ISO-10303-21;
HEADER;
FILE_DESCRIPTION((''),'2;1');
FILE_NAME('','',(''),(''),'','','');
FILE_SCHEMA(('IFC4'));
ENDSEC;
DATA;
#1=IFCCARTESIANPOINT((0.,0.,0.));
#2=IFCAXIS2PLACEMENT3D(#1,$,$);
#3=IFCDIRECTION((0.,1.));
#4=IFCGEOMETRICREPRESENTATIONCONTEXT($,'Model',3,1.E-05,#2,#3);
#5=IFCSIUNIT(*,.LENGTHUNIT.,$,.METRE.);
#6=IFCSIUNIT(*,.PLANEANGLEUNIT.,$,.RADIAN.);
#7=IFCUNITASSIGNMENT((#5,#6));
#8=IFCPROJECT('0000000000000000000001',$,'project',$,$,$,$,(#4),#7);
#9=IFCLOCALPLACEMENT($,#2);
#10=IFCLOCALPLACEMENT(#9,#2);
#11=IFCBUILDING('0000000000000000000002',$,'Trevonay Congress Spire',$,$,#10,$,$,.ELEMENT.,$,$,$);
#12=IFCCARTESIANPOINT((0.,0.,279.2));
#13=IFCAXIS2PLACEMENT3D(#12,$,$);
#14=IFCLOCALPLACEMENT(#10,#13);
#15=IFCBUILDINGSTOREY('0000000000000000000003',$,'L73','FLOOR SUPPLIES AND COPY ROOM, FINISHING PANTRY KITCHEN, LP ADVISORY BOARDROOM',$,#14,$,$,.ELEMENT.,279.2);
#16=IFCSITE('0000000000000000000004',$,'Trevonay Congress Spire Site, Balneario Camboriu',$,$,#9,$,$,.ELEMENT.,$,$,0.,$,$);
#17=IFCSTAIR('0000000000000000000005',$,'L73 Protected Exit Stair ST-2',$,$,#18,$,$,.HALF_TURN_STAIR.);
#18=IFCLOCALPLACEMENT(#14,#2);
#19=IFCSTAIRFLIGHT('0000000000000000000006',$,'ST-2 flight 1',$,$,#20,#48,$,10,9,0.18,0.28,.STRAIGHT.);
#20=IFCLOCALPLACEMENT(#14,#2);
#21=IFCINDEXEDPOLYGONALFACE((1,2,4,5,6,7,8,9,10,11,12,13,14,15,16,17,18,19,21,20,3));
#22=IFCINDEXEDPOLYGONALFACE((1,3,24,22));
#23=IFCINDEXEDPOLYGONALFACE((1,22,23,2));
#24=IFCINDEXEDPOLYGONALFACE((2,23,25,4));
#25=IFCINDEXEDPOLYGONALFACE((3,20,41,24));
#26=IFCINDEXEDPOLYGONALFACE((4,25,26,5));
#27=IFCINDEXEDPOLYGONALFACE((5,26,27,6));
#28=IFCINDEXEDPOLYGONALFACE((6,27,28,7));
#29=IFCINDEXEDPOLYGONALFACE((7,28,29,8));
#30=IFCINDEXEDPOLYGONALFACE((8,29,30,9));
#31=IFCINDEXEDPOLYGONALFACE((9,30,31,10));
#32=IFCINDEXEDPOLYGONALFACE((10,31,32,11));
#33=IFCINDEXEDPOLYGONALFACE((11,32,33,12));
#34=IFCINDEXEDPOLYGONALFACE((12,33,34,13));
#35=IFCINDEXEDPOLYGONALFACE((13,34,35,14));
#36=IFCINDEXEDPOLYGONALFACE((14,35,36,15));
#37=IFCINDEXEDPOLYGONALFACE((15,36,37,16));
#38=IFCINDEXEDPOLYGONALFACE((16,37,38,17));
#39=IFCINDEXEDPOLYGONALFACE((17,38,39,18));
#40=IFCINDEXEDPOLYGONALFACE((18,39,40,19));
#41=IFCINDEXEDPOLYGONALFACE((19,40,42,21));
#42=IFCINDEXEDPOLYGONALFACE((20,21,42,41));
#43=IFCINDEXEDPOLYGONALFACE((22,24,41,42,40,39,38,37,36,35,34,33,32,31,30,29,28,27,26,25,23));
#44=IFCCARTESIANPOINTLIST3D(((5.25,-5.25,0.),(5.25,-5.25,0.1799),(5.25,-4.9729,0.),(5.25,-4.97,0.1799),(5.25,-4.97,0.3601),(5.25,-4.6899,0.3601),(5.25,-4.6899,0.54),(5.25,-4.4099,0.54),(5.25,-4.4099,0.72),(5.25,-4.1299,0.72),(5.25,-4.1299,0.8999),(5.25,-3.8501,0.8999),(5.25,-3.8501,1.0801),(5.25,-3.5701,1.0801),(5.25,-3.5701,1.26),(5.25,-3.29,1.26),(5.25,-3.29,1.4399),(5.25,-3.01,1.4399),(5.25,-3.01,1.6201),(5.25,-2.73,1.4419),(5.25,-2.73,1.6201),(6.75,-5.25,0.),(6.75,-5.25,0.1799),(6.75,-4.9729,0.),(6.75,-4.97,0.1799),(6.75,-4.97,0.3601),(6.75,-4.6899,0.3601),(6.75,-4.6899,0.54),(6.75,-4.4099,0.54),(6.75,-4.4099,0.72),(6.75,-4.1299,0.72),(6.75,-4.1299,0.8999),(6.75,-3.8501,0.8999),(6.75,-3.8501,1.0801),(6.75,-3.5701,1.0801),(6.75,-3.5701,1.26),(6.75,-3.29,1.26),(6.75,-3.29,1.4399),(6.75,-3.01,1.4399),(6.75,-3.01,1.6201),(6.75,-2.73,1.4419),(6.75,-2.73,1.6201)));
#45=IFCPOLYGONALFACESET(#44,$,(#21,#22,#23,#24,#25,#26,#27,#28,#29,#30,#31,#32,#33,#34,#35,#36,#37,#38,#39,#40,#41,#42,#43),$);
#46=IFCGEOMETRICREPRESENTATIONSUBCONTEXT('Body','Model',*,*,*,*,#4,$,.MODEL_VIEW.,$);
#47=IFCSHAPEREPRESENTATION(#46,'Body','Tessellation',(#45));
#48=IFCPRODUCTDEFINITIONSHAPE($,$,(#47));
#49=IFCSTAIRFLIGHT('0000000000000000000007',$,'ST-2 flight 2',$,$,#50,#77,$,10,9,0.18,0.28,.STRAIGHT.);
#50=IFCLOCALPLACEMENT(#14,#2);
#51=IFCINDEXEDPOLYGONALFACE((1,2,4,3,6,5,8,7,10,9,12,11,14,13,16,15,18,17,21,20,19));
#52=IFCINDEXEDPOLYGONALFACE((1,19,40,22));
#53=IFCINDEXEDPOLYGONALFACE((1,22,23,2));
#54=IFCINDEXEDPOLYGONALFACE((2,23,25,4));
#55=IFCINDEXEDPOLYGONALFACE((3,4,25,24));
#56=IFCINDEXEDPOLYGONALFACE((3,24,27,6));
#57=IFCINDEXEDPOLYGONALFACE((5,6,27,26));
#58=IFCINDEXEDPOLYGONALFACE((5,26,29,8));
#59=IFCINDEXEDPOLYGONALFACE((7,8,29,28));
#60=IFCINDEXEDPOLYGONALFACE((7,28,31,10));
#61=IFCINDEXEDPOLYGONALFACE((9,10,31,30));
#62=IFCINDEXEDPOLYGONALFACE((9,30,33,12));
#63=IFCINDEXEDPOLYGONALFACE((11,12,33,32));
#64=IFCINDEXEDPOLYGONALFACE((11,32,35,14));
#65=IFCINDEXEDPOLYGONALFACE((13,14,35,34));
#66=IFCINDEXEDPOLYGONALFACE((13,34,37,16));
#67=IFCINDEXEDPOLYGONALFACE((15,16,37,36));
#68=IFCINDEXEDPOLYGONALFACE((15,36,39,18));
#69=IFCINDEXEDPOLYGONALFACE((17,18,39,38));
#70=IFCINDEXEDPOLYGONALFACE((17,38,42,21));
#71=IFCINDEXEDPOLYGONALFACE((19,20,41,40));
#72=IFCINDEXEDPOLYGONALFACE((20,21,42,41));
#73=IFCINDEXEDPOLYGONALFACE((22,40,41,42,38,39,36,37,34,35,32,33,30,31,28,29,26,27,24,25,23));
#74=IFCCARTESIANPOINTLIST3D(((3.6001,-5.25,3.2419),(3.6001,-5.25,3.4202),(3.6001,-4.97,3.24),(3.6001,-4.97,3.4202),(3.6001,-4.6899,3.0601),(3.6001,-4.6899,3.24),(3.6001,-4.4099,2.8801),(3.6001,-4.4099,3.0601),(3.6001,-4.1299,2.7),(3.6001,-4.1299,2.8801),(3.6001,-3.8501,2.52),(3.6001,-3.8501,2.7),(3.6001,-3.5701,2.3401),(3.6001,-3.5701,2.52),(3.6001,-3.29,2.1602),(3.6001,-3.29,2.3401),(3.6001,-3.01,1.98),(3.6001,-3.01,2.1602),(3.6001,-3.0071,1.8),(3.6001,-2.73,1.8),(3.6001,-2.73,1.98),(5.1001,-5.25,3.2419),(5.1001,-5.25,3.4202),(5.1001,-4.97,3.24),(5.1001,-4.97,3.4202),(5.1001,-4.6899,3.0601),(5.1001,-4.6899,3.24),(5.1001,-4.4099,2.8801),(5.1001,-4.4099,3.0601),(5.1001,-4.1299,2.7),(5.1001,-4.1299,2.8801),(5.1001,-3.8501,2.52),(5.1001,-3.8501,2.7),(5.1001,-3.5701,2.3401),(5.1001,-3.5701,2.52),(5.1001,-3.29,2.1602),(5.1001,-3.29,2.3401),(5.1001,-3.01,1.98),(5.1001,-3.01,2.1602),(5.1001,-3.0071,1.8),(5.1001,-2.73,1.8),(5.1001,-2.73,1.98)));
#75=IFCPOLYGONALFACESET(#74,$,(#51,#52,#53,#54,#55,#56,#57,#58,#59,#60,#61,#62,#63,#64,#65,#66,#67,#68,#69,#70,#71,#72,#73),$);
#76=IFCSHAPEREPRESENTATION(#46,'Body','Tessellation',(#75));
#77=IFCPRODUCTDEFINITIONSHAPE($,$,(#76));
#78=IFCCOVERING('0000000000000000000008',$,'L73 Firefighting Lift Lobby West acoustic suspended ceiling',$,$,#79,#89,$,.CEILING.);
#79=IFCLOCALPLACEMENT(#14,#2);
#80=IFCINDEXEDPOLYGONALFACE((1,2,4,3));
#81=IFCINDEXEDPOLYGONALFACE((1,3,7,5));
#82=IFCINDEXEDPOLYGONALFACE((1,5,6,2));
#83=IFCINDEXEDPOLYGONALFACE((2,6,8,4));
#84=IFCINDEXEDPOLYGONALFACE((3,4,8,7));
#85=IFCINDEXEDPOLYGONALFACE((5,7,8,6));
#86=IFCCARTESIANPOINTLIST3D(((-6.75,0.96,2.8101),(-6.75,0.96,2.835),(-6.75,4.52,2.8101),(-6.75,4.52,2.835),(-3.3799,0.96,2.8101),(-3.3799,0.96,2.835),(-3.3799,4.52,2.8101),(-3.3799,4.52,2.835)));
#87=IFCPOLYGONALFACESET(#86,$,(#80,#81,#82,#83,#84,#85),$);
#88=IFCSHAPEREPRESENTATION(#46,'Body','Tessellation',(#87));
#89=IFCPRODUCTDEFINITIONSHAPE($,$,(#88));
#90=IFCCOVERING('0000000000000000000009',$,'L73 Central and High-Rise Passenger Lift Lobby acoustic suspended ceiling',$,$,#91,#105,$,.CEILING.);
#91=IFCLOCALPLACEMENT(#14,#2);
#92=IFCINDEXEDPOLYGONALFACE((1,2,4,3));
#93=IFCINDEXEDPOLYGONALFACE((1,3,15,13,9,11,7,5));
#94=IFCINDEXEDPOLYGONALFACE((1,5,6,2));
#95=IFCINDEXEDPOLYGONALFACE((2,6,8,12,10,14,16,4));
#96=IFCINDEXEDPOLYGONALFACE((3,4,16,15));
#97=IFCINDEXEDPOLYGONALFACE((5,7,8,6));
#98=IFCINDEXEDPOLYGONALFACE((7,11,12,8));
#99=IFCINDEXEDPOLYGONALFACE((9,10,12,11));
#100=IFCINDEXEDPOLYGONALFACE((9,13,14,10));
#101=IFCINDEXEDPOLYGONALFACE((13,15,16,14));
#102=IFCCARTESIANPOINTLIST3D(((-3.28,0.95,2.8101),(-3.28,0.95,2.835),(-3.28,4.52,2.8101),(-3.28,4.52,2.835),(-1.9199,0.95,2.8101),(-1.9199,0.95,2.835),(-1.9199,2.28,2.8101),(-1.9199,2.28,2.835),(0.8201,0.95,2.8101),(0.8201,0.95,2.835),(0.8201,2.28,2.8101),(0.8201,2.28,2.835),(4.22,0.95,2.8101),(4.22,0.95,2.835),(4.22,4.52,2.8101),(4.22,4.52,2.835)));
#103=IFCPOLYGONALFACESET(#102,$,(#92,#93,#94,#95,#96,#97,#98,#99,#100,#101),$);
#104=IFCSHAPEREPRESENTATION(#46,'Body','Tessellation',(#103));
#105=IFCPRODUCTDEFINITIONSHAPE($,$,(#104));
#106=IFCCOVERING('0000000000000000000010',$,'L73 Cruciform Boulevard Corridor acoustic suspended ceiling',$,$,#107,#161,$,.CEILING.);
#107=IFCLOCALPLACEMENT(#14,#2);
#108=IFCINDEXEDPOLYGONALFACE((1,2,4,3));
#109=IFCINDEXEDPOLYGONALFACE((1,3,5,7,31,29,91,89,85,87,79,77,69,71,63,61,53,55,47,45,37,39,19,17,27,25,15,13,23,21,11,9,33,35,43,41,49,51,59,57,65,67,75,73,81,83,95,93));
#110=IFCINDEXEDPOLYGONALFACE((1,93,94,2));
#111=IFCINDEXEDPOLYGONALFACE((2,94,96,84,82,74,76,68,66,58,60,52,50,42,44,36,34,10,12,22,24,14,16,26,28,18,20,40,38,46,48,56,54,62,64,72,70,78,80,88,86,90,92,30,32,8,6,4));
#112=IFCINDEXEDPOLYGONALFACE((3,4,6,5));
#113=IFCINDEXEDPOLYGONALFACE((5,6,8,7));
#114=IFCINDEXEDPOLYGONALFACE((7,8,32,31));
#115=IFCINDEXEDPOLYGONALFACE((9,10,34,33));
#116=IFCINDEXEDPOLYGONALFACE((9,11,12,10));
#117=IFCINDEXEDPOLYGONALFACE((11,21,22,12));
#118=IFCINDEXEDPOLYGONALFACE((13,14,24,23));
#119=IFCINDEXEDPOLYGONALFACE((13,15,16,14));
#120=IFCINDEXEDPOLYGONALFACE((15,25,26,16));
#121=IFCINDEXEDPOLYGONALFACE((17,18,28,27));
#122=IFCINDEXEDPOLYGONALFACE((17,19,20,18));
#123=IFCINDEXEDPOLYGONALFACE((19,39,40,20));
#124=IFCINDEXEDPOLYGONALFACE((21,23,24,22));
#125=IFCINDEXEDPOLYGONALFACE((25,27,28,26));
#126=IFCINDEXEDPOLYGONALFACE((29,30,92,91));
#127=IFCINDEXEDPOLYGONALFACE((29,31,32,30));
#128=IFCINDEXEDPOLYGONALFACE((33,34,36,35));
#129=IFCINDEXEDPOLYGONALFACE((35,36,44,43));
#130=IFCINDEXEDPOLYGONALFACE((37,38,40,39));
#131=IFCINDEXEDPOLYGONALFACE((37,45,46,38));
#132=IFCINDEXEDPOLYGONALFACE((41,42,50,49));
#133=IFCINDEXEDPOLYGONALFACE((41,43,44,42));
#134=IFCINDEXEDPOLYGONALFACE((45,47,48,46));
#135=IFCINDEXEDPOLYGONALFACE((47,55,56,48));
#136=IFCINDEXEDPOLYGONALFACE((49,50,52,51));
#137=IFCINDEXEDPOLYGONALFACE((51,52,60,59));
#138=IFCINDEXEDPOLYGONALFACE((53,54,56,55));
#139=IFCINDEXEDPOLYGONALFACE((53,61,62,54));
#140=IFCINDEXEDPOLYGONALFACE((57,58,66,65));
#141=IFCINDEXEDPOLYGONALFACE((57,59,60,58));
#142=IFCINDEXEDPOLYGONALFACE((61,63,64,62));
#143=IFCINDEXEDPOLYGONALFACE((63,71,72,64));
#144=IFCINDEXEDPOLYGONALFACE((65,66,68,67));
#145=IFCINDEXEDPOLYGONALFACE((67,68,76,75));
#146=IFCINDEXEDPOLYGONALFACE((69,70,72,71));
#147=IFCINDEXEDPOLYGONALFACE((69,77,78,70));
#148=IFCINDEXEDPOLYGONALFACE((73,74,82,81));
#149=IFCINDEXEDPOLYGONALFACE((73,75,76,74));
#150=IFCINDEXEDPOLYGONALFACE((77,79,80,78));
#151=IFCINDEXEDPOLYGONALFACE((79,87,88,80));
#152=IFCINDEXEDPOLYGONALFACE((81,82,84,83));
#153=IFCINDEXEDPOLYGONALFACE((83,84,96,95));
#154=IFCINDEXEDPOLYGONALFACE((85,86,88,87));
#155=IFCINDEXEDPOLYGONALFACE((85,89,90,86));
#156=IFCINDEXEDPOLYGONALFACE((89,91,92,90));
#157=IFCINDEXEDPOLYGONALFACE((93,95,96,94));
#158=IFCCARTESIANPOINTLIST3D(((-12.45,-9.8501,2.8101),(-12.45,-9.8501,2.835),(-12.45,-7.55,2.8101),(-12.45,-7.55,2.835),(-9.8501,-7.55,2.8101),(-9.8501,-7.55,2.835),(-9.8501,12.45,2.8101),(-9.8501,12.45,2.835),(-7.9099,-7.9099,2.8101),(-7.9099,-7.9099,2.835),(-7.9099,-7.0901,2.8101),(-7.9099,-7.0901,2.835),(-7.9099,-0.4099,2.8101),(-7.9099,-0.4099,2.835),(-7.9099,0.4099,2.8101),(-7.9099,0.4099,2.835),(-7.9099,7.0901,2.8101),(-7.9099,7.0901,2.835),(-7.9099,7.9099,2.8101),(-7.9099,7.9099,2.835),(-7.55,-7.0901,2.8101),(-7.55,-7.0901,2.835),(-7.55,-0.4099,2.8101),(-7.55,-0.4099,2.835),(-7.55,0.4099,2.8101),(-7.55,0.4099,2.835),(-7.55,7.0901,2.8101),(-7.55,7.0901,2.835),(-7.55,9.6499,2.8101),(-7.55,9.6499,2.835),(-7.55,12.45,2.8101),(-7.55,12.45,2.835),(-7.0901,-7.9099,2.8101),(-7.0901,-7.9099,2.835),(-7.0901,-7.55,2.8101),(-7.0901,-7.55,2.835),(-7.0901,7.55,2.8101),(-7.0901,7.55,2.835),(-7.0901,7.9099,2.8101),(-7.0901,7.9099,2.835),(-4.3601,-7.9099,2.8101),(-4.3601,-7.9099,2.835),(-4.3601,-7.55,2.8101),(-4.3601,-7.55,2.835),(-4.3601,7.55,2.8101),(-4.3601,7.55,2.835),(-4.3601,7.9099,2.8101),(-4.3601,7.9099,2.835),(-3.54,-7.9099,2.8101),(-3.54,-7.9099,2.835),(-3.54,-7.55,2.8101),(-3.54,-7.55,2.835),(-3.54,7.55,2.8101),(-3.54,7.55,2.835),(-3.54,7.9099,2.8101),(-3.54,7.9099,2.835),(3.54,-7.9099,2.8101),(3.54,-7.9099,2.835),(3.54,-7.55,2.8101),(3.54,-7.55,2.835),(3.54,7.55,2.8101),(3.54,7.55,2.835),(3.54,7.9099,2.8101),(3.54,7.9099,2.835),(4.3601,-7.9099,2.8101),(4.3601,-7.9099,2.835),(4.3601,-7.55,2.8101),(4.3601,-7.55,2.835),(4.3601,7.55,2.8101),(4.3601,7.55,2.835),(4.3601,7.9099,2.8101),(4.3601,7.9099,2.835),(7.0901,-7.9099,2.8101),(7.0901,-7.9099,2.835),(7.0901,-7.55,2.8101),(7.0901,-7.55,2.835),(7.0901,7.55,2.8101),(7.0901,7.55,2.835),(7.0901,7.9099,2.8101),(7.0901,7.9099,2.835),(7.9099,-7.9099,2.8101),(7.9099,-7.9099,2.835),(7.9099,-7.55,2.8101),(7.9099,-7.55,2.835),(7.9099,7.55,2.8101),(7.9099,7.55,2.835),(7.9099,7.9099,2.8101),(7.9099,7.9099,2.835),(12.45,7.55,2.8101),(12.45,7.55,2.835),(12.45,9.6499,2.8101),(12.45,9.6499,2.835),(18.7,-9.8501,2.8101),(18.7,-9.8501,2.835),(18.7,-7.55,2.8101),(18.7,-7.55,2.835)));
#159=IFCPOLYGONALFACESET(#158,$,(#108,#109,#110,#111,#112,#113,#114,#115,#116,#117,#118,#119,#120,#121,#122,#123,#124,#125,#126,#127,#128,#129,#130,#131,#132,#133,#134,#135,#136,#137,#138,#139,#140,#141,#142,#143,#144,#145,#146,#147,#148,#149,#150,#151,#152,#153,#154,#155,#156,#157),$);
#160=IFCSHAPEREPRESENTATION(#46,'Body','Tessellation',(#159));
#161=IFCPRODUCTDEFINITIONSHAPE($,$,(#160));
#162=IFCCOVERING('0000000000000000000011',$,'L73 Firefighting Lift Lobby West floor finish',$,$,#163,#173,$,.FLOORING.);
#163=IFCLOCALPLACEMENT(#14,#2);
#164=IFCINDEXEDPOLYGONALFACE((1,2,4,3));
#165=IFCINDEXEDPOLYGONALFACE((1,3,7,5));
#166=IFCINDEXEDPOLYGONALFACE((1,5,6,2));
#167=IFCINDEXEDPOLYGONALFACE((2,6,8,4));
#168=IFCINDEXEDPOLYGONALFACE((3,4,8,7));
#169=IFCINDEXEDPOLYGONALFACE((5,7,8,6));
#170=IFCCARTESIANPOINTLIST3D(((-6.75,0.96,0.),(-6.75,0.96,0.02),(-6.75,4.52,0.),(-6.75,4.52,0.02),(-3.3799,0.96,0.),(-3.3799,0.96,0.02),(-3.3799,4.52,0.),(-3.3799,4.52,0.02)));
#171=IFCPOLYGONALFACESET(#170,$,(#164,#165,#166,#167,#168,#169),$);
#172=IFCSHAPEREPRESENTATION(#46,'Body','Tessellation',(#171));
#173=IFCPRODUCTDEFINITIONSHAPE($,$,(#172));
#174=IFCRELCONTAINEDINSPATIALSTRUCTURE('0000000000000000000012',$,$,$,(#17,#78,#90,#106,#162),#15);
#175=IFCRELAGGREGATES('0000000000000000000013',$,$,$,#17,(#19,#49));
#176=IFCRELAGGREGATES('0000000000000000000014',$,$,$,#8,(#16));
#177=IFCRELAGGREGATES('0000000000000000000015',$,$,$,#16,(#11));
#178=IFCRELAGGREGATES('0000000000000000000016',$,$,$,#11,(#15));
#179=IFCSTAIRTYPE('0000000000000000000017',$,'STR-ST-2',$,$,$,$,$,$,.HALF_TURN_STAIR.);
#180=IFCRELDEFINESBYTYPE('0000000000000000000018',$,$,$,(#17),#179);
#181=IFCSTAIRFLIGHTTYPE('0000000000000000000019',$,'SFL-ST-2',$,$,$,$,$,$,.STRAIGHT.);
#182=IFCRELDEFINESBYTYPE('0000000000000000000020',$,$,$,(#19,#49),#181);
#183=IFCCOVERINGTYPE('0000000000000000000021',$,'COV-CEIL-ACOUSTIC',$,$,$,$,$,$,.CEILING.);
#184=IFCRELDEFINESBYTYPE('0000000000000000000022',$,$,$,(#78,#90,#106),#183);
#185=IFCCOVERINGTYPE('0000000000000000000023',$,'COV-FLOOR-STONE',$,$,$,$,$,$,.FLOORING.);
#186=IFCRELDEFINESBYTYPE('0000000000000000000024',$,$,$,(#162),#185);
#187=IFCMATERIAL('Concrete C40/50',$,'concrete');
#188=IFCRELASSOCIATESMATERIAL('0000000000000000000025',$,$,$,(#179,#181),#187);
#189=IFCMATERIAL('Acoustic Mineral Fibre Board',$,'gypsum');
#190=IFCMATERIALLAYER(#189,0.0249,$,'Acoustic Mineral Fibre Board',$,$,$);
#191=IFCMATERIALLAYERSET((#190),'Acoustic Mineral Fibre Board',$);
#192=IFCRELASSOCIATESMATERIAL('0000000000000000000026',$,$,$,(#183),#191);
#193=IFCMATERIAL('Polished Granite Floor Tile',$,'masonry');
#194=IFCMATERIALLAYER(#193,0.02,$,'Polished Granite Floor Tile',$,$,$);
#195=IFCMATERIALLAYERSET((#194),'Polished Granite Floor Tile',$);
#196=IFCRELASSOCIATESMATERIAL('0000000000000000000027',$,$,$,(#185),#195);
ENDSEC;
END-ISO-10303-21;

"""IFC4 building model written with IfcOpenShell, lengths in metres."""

from ifc_helpers import new_model, si_unit, direction, frame, origin, place, context, subcontext, project, spatial, polyline, outline, extrude, material, layer, layer_set, type_object, element, aggregate, save


model = new_model("IFC4")

# Units and contexts
model_context = context("Model", 3, precision=1e-05, world=origin(), true_north=direction((0.0, 1.0)))
body_context = subcontext(model_context, "Body", "Model", "MODEL_VIEW")
ifc_project = project(units=[si_unit("LENGTHUNIT", "METRE"), si_unit("PLANEANGLEUNIT", "RADIAN")], contexts=[model_context])

# Site, building, storey
site_placement = place(None, origin())
site = spatial("IfcSite", under=ifc_project, at=site_placement, Name="Trevonay Congress Spire Site, Balneario Camboriu", CompositionType="ELEMENT", RefElevation=0.0)
building_placement = place(site_placement, origin())
building = spatial("IfcBuilding", under=site, at=building_placement, Name="Trevonay Congress Spire", CompositionType="ELEMENT")
storey_placement = place(building_placement, frame((0.0, 0.0, 279.2)))
storey = spatial("IfcBuildingStorey", under=building, at=storey_placement, Name="L73", Description="FLOOR SUPPLIES AND COPY ROOM, FINISHING PANTRY KITCHEN, LP ADVISORY BOARDROOM", CompositionType="ELEMENT", Elevation=279.2)

# Stair
ifc_material_1 = material(Name="Concrete C40/50", Category="concrete")
stair_type_1 = type_object("IfcStairType", Name="STR-ST-2", PredefinedType="HALF_TURN_STAIR", material=ifc_material_1)
stair_1_placement = place(storey_placement, origin())
stair_1 = element("IfcStair", 1, at=stair_1_placement, inside=storey, type_object=stair_type_1, Name="L73 Protected Exit Stair ST-2", PredefinedType="HALF_TURN_STAIR")

# Stair flights
stair_flight_type = type_object("IfcStairFlightType", Name="SFL-ST-2", PredefinedType="STRAIGHT", material=ifc_material_1)
stair_flight_1_placement = place(storey_placement, frame((6.0, -5.25, 0.0), z_axis=(0.0, 0.0, 1.0), x_axis=(0.0, 1.0, 0.0)))
stair_flight_1 = element("IfcStairFlight", 2, at=stair_flight_1_placement, type_object=stair_flight_type, Name="ST-2 flight 1", NumberOfRisers=10, NumberOfTreads=9, PredefinedType="STRAIGHT", RiserHeight=0.18, TreadLength=0.28, context=body_context, shape_type="SweptSolid", body=[
    extrude(outline(polyline([(0.0, 0.0), (0.0, 0.1799), (0.28, 0.1799), (0.28, 0.3601), (0.5601, 0.3601), (0.5601, 0.54), (0.8401, 0.54), (0.8401, 0.72), (1.1201, 0.72), (1.1201, 0.8999), (1.3999, 0.8999), (1.3999, 1.0801), (1.6799, 1.0801), (1.6799, 1.26), (1.96, 1.26), (1.96, 1.4399), (2.24, 1.4399), (2.24, 1.6201), (2.52, 1.6201), (2.52, 1.8), (2.52, 1.4419), (0.2771, 0.0), (0.0, 0.0)])), frame((0.0, 0.75, 0.0), z_axis=(0.0, -1.0, 0.0), x_axis=(1.0, 0.0, 0.0)), (0.0, 0.0, 1.0), 1.5),
])
stair_flight_2_placement = place(storey_placement, frame((4.3501, -2.73, 1.8), z_axis=(0.0, 0.0, 1.0), x_axis=(0.0, -1.0, 0.0)))
stair_flight_2 = element("IfcStairFlight", 3, at=stair_flight_2_placement, type_object=stair_flight_type, Name="ST-2 flight 2", NumberOfRisers=10, NumberOfTreads=9, PredefinedType="STRAIGHT", RiserHeight=0.18, TreadLength=0.28, context=body_context, shape_type="SweptSolid", body=[
    extrude(outline(polyline([(0.0, 0.0), (0.0, 0.1799), (0.28, 0.1799), (0.28, 0.3601), (0.5601, 0.3601), (0.5601, 0.54), (0.8401, 0.54), (0.8401, 0.72), (1.1201, 0.72), (1.1201, 0.8999), (1.3999, 0.8999), (1.3999, 1.0801), (1.6799, 1.0801), (1.6799, 1.26), (1.96, 1.26), (1.96, 1.4399), (2.24, 1.4399), (2.24, 1.6201), (2.52, 1.6201), (2.52, 1.8), (2.52, 1.4419), (0.2771, 0.0), (0.0, 0.0)])), frame((0.0, 0.75, 0.0), z_axis=(0.0, -1.0, 0.0), x_axis=(1.0, 0.0, 0.0)), (0.0, 0.0, 1.0), 1.5),
])
aggregate(stair_1, [stair_flight_1, stair_flight_2])

# Coverings
ifc_material_2 = material(Name="Acoustic Mineral Fibre Board", Category="gypsum")
ifc_layer_1 = layer(ifc_material_2, 0.0249, Name="Acoustic Mineral Fibre Board")
ifc_layer_set_1 = layer_set([ifc_layer_1], Name="Acoustic Mineral Fibre Board")
covering_type_1 = type_object("IfcCoveringType", Name="COV-CEIL-ACOUSTIC", PredefinedType="CEILING", material=ifc_layer_set_1)
covering_1_placement = place(storey_placement, frame((0.0, 0.0, 2.8101)))
element("IfcCovering", 4, at=covering_1_placement, inside=storey, type_object=covering_type_1, Name="L73 Firefighting Lift Lobby West acoustic suspended ceiling", PredefinedType="CEILING", context=body_context, shape_type="SweptSolid", body=[
    extrude(outline(polyline([(-6.75, 0.96), (-3.3799, 0.96), (-3.3799, 4.52), (-6.75, 4.52), (-6.75, 0.96)])), origin(), (0.0, 0.0, 1.0), 0.0249),
])
covering_2_placement = place(storey_placement, frame((0.0, 0.0, 2.8101)))
element("IfcCovering", 5, at=covering_2_placement, inside=storey, type_object=covering_type_1, Name="L73 Central and High-Rise Passenger Lift Lobby acoustic suspended ceiling", PredefinedType="CEILING", context=body_context, shape_type="SweptSolid", body=[
    extrude(outline(polyline([(-3.28, 0.95), (-1.9199, 0.95), (-1.9199, 2.28), (0.8201, 2.28), (0.8201, 0.95), (4.22, 0.95), (4.22, 4.52), (-3.28, 4.52), (-3.28, 0.95)])), origin(), (0.0, 0.0, 1.0), 0.0249),
])
covering_3_placement = place(storey_placement, frame((0.0, 0.0, 2.8101)))
element("IfcCovering", 6, at=covering_3_placement, inside=storey, type_object=covering_type_1, Name="L73 Cruciform Boulevard Corridor acoustic suspended ceiling", PredefinedType="CEILING", context=body_context, shape_type="SweptSolid", body=[
    extrude(outline(polyline([(18.7, -7.55), (18.7, -9.8501), (-12.45, -9.8501), (-12.45, -7.55), (-9.8501, -7.55), (-9.8501, 12.45), (-7.55, 12.45), (-7.55, 9.6499), (12.45, 9.6499), (12.45, 7.55), (7.9099, 7.55), (7.9099, 7.9099), (7.0901, 7.9099), (7.0901, 7.55), (4.3601, 7.55), (4.3601, 7.9099), (3.54, 7.9099), (3.54, 7.55), (-3.54, 7.55), (-3.54, 7.9099), (-4.3601, 7.9099), (-4.3601, 7.55), (-7.0901, 7.55), (-7.0901, 7.9099), (-7.9099, 7.9099), (-7.9099, 7.0901), (-7.55, 7.0901), (-7.55, 0.4099), (-7.9099, 0.4099), (-7.9099, -0.4099), (-7.55, -0.4099), (-7.55, -7.0901), (-7.9099, -7.0901), (-7.9099, -7.9099), (-7.0901, -7.9099), (-7.0901, -7.55), (-4.3601, -7.55), (-4.3601, -7.9099), (-3.54, -7.9099), (-3.54, -7.55), (3.54, -7.55), (3.54, -7.9099), (4.3601, -7.9099), (4.3601, -7.55), (7.0901, -7.55), (7.0901, -7.9099), (7.9099, -7.9099), (7.9099, -7.55), (18.7, -7.55)])), origin(), (0.0, 0.0, 1.0), 0.0249),
])
ifc_material_3 = material(Name="Polished Granite Floor Tile", Category="masonry")
ifc_layer_2 = layer(ifc_material_3, 0.02, Name="Polished Granite Floor Tile")
ifc_layer_set_2 = layer_set([ifc_layer_2], Name="Polished Granite Floor Tile")
covering_type_2 = type_object("IfcCoveringType", Name="COV-FLOOR-STONE", PredefinedType="FLOORING", material=ifc_layer_set_2)
covering_4_placement = place(storey_placement, origin())
element("IfcCovering", 7, at=covering_4_placement, inside=storey, type_object=covering_type_2, Name="L73 Firefighting Lift Lobby West floor finish", PredefinedType="FLOORING", context=body_context, shape_type="SweptSolid", body=[
    extrude(outline(polyline([(-6.75, 0.96), (-3.3799, 0.96), (-3.3799, 4.52), (-6.75, 4.52), (-6.75, 0.96)])), origin(), (0.0, 0.0, 1.0), 0.02),
])

save(model, "model.ifc")
